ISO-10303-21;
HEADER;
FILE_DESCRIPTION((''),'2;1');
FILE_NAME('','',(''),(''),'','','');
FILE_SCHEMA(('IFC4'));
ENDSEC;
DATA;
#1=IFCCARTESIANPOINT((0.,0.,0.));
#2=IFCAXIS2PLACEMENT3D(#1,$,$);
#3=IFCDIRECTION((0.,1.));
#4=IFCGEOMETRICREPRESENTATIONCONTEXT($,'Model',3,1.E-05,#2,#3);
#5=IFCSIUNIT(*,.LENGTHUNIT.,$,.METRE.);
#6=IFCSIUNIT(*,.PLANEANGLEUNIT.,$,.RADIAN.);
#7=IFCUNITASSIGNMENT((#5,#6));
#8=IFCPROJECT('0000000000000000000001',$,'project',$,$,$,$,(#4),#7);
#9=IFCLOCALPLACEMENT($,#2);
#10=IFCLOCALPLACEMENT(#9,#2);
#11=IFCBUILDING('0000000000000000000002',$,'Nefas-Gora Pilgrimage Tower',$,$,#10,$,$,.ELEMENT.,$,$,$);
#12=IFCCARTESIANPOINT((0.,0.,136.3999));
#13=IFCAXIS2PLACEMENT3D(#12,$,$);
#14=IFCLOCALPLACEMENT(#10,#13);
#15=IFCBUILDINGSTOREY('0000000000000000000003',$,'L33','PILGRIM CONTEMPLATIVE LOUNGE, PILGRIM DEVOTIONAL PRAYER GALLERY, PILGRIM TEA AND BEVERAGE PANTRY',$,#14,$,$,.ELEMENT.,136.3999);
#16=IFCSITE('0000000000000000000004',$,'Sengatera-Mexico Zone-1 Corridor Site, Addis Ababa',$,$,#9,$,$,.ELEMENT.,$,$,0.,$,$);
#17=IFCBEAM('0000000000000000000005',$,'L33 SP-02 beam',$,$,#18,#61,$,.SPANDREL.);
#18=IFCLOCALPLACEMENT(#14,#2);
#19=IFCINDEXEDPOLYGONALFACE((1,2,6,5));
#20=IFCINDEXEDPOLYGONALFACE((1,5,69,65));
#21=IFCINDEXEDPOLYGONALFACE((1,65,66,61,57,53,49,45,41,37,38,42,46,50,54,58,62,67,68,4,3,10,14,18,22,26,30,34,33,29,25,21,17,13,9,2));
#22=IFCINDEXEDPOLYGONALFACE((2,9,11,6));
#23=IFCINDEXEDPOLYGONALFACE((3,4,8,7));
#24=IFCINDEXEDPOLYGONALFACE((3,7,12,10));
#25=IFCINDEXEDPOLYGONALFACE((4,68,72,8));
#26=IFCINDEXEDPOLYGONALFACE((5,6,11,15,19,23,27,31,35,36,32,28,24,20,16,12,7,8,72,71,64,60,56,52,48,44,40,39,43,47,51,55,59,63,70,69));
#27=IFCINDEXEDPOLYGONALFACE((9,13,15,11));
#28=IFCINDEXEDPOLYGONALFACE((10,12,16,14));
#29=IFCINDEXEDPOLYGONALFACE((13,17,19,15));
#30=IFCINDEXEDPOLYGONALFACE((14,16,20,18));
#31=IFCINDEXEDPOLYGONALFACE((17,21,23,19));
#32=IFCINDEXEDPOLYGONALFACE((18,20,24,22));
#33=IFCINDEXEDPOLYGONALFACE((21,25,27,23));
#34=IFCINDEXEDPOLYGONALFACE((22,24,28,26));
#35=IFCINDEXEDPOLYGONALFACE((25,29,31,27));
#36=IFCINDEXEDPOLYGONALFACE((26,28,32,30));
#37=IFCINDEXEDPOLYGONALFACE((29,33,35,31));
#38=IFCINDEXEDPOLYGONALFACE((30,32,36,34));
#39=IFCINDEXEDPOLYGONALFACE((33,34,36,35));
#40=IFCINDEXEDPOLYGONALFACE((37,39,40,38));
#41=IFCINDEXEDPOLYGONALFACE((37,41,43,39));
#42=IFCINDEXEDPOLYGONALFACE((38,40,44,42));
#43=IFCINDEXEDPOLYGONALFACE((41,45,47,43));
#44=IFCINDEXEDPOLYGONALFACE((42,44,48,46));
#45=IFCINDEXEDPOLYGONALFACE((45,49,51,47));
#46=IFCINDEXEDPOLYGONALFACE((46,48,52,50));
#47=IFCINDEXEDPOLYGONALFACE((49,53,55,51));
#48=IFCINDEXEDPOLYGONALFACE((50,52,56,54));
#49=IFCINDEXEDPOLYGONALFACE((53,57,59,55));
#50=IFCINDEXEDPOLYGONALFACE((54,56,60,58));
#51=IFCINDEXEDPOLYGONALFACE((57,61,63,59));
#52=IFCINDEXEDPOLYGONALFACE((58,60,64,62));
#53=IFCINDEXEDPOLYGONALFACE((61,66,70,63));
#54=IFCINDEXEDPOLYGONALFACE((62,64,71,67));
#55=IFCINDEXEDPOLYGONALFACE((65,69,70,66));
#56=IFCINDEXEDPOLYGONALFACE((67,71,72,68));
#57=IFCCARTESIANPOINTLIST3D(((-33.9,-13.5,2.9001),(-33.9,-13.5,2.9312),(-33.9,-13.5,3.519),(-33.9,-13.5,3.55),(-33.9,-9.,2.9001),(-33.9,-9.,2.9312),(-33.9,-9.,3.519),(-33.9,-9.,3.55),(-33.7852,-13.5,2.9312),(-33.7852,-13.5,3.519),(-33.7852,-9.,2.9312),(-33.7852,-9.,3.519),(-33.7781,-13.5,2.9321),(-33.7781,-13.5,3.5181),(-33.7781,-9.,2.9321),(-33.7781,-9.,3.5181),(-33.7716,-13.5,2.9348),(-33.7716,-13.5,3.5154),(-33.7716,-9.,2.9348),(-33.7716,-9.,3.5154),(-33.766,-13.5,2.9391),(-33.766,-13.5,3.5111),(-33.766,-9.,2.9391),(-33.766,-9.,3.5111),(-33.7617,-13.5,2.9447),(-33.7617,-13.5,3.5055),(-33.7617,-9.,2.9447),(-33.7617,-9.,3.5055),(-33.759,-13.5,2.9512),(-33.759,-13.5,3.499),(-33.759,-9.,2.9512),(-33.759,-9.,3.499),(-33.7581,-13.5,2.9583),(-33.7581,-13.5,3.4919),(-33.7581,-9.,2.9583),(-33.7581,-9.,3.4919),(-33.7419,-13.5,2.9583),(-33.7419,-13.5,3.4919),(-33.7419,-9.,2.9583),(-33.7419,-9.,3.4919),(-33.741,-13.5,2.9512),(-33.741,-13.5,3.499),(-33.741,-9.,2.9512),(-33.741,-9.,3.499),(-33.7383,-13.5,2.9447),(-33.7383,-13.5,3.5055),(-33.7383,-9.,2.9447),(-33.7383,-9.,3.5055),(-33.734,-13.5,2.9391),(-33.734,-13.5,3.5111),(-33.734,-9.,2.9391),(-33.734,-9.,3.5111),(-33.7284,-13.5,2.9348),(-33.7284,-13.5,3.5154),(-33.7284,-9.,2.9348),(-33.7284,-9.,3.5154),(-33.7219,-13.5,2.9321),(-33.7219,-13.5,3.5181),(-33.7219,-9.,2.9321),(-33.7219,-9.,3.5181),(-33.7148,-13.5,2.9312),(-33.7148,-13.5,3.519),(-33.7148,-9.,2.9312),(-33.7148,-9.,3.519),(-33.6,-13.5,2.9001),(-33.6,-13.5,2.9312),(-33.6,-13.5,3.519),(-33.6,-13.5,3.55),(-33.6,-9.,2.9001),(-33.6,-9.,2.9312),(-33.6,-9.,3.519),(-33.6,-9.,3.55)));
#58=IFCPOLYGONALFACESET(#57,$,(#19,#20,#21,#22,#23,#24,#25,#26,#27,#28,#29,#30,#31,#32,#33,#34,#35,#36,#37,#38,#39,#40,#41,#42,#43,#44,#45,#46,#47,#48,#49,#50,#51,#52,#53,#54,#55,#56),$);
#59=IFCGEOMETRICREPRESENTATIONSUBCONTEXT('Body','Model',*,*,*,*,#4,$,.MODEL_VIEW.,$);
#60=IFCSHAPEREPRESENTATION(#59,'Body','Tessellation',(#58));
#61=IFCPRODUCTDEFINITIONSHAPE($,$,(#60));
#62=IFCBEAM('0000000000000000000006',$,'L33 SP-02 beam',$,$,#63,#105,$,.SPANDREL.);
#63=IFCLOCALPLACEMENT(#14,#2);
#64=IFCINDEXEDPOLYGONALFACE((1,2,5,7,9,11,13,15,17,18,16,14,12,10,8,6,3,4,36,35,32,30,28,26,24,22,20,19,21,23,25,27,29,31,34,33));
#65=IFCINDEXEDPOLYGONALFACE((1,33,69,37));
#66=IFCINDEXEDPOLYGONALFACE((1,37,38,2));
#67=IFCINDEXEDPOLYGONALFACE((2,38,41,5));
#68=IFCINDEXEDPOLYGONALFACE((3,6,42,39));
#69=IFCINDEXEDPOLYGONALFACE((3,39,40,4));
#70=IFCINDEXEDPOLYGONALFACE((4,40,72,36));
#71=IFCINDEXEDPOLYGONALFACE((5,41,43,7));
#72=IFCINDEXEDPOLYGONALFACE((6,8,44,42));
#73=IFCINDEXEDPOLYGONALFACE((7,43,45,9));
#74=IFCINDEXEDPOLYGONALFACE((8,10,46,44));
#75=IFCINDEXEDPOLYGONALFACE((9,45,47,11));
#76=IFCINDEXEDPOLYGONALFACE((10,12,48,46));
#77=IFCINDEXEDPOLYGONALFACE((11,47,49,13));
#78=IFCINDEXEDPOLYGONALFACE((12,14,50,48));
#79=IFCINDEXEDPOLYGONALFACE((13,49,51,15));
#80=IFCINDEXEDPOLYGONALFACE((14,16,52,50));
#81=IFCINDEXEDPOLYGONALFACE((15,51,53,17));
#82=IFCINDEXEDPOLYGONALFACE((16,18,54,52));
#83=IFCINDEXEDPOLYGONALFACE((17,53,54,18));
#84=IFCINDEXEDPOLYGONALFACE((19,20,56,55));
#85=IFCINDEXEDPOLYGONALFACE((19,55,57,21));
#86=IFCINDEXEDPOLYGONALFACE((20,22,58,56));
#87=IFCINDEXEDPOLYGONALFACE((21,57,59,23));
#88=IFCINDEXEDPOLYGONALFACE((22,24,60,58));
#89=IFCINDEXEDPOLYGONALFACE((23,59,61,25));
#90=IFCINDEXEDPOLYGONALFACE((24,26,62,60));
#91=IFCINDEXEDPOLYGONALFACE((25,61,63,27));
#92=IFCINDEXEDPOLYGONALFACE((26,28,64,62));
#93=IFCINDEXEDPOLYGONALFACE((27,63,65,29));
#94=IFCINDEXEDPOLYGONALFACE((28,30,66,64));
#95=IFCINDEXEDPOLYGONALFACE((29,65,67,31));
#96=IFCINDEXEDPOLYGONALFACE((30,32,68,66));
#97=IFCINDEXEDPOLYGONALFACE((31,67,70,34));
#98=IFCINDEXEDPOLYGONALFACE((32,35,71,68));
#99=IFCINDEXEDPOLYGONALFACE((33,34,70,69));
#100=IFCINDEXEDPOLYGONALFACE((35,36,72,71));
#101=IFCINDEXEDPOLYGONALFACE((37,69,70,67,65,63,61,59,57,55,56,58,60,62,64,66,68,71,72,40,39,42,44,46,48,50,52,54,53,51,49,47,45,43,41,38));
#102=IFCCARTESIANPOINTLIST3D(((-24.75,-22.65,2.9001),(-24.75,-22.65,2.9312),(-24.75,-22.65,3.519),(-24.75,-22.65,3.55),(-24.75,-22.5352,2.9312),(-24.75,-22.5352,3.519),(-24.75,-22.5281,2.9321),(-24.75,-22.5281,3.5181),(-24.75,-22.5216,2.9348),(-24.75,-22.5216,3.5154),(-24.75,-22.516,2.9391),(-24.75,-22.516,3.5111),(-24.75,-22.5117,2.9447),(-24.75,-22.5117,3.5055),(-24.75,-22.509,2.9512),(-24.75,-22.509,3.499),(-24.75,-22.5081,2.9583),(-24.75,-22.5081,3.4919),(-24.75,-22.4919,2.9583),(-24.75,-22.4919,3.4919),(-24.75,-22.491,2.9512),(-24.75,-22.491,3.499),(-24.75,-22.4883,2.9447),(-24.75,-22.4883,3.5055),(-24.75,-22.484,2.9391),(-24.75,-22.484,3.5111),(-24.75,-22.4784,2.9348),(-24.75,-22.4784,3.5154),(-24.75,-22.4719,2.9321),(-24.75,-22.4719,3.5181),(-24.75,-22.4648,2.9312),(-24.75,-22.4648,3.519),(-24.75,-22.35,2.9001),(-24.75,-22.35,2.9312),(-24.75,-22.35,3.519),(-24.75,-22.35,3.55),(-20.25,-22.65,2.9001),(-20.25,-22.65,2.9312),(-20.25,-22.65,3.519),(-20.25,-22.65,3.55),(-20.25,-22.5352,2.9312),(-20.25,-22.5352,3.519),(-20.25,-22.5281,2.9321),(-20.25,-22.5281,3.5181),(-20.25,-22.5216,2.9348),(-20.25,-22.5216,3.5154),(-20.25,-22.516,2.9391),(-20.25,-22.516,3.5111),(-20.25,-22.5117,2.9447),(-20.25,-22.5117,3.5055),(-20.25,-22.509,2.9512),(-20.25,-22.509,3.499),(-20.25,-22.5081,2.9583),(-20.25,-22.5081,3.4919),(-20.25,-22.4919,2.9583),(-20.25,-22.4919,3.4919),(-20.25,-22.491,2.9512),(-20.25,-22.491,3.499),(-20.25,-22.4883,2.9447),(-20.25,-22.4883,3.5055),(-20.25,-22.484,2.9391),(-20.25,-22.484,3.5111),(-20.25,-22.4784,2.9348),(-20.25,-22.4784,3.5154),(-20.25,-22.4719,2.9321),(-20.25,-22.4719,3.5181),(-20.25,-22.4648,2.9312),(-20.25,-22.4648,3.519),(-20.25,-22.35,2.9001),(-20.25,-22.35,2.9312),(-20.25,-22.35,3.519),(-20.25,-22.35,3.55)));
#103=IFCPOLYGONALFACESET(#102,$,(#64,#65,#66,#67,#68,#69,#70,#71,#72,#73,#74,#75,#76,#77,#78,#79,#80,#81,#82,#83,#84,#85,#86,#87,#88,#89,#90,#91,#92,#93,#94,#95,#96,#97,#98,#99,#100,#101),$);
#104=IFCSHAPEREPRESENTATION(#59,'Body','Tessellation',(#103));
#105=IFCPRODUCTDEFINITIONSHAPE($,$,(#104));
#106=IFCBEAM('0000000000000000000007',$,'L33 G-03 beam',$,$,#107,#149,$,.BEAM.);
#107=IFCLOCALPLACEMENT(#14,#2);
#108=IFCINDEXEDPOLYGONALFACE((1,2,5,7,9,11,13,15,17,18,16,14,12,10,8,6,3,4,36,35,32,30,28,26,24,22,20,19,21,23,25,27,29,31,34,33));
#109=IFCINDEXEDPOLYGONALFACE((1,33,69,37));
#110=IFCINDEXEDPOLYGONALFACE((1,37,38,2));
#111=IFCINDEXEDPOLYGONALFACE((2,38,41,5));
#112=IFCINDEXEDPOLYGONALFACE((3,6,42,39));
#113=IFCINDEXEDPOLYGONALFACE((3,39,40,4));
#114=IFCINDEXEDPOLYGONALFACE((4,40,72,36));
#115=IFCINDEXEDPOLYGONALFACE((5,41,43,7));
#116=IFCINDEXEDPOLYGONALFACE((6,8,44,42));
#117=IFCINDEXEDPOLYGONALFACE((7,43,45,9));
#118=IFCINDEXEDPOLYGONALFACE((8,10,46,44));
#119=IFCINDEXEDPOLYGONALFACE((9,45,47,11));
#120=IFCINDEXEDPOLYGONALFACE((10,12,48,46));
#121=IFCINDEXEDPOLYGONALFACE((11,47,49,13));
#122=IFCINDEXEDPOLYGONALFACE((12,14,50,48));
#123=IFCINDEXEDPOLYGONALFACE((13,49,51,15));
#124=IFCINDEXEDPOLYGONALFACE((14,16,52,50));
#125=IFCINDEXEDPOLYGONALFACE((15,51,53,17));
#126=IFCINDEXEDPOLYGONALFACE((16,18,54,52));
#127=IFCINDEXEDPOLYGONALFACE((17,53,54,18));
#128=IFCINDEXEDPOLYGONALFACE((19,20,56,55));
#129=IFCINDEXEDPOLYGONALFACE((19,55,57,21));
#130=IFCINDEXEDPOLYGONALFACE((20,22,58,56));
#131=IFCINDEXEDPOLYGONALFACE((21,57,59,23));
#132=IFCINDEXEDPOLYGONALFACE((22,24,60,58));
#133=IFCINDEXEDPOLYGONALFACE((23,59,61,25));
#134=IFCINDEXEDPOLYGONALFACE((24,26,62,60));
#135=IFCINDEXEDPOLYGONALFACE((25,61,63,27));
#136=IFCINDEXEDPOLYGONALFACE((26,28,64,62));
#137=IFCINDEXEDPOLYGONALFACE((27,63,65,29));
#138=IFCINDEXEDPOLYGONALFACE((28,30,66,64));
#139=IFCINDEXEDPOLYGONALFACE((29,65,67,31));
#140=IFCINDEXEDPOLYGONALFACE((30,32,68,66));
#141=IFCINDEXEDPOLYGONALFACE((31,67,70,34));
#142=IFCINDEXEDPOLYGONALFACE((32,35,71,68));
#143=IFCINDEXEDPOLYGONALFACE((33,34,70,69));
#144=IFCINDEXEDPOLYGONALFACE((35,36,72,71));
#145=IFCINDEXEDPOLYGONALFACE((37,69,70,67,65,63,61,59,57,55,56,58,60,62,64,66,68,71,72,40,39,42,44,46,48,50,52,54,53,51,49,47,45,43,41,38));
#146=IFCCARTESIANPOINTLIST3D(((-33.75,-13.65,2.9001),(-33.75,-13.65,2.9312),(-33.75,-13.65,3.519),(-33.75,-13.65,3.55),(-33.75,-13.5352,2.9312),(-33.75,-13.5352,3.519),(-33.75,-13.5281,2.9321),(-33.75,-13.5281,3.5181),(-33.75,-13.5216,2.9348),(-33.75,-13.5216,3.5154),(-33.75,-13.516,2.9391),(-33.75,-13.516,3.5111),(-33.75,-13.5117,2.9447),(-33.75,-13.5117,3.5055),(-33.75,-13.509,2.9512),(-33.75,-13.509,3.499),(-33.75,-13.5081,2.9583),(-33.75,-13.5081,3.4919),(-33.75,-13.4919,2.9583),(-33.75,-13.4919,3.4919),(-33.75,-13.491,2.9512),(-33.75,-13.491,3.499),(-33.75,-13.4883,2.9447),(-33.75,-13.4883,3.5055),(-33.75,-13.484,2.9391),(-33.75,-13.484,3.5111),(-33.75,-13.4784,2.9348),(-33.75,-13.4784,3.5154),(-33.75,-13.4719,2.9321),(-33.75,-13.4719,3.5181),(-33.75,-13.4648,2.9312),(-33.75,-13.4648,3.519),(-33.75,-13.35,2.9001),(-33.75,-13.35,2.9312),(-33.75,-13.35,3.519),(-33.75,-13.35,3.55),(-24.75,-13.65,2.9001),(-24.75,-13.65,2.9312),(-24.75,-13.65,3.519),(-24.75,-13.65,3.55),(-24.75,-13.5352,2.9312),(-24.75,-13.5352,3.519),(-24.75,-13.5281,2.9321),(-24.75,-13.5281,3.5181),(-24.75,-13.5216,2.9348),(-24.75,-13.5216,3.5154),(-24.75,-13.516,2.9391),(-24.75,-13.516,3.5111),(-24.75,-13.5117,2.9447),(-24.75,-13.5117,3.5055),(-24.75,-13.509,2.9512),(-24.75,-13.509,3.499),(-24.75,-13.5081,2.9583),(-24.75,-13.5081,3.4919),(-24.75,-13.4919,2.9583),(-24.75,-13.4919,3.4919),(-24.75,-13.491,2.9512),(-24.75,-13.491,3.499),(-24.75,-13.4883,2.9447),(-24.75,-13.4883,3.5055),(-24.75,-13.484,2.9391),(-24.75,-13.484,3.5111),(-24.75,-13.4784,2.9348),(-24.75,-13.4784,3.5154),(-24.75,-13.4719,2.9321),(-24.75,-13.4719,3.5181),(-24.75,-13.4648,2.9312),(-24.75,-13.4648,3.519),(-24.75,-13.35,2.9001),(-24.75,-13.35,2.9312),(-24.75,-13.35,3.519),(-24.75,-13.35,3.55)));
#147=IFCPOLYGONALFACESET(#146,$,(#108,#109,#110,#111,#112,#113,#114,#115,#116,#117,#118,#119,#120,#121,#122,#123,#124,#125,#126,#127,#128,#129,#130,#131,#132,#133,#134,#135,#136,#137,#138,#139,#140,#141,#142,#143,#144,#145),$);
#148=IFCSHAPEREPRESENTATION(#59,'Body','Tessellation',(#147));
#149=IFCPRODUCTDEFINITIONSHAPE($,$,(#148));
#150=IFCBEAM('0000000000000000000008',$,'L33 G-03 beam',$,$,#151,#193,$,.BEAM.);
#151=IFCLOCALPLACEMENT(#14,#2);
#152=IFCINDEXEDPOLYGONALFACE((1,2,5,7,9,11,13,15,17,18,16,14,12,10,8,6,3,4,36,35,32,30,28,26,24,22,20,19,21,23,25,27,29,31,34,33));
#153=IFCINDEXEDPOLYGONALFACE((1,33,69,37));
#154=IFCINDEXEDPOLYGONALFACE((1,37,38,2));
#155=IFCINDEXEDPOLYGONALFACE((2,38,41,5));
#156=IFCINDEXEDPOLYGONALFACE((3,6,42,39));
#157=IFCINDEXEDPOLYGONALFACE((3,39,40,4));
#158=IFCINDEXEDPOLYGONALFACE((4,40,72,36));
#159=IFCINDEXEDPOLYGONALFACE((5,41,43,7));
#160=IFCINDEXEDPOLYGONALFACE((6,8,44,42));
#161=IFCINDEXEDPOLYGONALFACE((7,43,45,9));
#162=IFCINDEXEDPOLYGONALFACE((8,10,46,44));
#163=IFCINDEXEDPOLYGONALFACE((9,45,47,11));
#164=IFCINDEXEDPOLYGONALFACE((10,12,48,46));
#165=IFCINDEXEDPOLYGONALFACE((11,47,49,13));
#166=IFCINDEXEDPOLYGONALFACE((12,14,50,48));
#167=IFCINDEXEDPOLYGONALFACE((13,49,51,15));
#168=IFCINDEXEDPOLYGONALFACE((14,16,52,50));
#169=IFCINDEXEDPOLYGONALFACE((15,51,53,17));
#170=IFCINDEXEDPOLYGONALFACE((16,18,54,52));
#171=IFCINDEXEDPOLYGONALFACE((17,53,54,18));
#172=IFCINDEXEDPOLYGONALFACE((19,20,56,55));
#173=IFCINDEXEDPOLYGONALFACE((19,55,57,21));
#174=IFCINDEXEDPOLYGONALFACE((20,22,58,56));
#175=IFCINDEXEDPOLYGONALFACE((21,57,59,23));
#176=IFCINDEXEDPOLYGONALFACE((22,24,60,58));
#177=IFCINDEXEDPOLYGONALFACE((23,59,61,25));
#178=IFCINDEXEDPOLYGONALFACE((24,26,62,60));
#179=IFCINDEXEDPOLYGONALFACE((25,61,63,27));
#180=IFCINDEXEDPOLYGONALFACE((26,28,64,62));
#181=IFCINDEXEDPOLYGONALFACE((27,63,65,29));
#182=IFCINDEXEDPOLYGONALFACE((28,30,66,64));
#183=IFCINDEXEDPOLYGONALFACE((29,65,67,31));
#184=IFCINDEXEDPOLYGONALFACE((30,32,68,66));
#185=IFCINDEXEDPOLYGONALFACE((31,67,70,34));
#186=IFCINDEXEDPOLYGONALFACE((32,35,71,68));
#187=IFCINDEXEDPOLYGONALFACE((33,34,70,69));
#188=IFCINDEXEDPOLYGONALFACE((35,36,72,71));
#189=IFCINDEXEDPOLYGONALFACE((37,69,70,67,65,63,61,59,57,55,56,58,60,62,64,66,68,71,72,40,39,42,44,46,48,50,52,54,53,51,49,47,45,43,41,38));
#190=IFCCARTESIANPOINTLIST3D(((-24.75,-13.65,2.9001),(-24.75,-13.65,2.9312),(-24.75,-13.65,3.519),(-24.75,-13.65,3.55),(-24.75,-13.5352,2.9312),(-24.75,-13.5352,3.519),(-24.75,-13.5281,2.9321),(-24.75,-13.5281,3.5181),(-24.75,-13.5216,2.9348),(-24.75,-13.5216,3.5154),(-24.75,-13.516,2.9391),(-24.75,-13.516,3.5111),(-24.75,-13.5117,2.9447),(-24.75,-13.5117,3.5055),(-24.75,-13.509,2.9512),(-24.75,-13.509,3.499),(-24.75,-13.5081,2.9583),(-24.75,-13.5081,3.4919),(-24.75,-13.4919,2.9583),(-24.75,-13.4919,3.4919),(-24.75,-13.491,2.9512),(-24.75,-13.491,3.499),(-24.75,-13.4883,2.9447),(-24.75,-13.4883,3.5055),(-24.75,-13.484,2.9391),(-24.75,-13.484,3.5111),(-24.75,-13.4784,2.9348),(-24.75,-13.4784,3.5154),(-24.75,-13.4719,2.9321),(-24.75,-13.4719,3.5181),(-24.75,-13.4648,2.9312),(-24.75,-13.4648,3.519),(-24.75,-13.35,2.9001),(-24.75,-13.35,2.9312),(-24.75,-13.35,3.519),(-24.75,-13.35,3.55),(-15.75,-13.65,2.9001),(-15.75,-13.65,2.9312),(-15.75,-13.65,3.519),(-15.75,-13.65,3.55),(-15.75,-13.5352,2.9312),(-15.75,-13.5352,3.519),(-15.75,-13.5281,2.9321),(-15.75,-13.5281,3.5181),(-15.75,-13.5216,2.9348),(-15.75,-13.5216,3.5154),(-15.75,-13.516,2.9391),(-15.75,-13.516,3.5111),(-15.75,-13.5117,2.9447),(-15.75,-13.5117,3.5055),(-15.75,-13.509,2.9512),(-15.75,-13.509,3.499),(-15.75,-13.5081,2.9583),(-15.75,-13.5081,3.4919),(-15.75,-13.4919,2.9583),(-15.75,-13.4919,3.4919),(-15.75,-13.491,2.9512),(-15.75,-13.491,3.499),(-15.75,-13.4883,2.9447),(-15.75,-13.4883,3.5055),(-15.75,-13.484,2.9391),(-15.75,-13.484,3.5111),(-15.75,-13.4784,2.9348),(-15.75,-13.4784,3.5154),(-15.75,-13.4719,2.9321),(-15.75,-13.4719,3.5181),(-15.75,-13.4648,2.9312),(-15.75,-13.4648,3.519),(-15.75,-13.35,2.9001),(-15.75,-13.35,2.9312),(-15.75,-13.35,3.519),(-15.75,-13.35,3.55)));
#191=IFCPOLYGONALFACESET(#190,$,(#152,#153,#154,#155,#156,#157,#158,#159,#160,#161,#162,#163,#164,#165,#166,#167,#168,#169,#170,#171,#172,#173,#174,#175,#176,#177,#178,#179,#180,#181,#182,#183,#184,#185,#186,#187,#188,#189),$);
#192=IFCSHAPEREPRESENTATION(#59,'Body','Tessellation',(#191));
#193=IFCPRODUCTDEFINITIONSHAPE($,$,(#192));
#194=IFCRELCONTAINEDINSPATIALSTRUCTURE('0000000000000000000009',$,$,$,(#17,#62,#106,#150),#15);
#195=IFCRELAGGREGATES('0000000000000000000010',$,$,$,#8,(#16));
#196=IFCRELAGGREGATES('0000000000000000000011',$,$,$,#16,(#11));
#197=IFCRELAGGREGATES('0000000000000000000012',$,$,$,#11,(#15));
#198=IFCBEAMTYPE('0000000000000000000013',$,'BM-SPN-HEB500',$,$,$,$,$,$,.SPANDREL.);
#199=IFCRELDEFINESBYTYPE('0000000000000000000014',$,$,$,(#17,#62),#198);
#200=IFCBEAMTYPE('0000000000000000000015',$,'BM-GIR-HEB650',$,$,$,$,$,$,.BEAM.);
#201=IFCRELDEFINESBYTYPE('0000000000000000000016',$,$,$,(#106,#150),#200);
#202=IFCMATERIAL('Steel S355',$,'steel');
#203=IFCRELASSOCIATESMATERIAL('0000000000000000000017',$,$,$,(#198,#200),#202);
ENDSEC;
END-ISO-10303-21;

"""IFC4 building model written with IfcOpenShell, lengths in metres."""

from ifc_helpers import new_model, si_unit, direction, frame, origin, origin_2d, place, context, subcontext, project, spatial, i_section, extrude, source, transform, mapped, material, material_profile, profile_set, type_object, element, save


model = new_model("IFC4")

# Units and contexts
model_context = context("Model", 3, precision=1e-05, world=origin(), true_north=direction((0.0, 1.0)))
body_context = subcontext(model_context, "Body", "Model", "MODEL_VIEW")
ifc_project = project(units=[si_unit("LENGTHUNIT", "METRE"), si_unit("PLANEANGLEUNIT", "RADIAN")], contexts=[model_context])

# Site, building, storey
site_placement = place(None, origin())
site = spatial("IfcSite", under=ifc_project, at=site_placement, Name="Sengatera-Mexico Zone-1 Corridor Site, Addis Ababa", CompositionType="ELEMENT", RefElevation=0.0)
building_placement = place(site_placement, origin())
building = spatial("IfcBuilding", under=site, at=building_placement, Name="Nefas-Gora Pilgrimage Tower", CompositionType="ELEMENT")
storey_placement = place(building_placement, frame((0.0, 0.0, 136.3999)))
storey = spatial("IfcBuildingStorey", under=building, at=storey_placement, Name="L33", Description="PILGRIM CONTEMPLATIVE LOUNGE, PILGRIM DEVOTIONAL PRAYER GALLERY, PILGRIM TEA AND BEVERAGE PANTRY", CompositionType="ELEMENT", Elevation=136.3999)

# Beams
ifc_material_1 = material(Name="Steel S355", Category="steel")
ifc_material_profile_1 = material_profile(ifc_material_1, i_section(OverallWidth=0.3, OverallDepth=0.6499, WebThickness=0.0161, FlangeThickness=0.031, FilletRadius=0.0271, at=origin_2d()), Name="HEB 650")
ifc_profile_set_1 = profile_set([ifc_material_profile_1], Name="Steel S355")
beam_type_1 = type_object("IfcBeamType", Name="BM-SPN-HEB500", PredefinedType="SPANDREL", material=ifc_profile_set_1)
shared_shape_1 = source(origin(), body_context, "Body", "SweptSolid", [
    extrude(i_section(OverallWidth=0.3, OverallDepth=0.6499, WebThickness=0.0161, FlangeThickness=0.031, FilletRadius=0.0271, at=origin_2d()), origin(), (0.0, 0.0, 1.0), 4.5),
])
for number, where, z_axis, x_axis, name in (
    (1, (-33.75, -13.5, 3.2251), (0.0, 1.0, 0.0), (-1.0, 0.0, 0.0), "L33 SP-02 beam"),
    (2, (-24.75, -22.5, 3.2251), (1.0, 0.0, 0.0), (0.0, 1.0, 0.0), "L33 SP-02 beam"),
):
    element("IfcBeam", number, at=place(storey_placement, frame(where, z_axis=z_axis, x_axis=x_axis)), inside=storey, type_object=beam_type_1, Name=name, PredefinedType="SPANDREL", context=body_context, shape_type="MappedRepresentation", body=[
        mapped(shared_shape_1, transform((0.0, 0.0, 0.0), x_axis=(1.0, 0.0, 0.0), y_axis=(0.0, 1.0, 0.0), z_axis=(0.0, 0.0, 1.0), scale=1.0)),
    ])
ifc_material_profile_2 = material_profile(ifc_material_1, i_section(OverallWidth=0.3, OverallDepth=0.6499, WebThickness=0.0161, FlangeThickness=0.031, FilletRadius=0.0271, at=origin_2d()), Name="HEB 650")
ifc_profile_set_2 = profile_set([ifc_material_profile_2], Name="Steel S355")
beam_type_2 = type_object("IfcBeamType", Name="BM-GIR-HEB650", PredefinedType="BEAM", material=ifc_profile_set_2)
shared_shape_2 = source(origin(), body_context, "Body", "SweptSolid", [
    extrude(i_section(OverallWidth=0.3, OverallDepth=0.6499, WebThickness=0.0161, FlangeThickness=0.031, FilletRadius=0.0271, at=origin_2d()), origin(), (0.0, 0.0, 1.0), 9.0),
])
for number, where, z_axis, x_axis, name in (
    (3, (-33.75, -13.5, 3.2251), (1.0, 0.0, 0.0), (0.0, 1.0, 0.0), "L33 G-03 beam"),
    (4, (-24.75, -13.5, 3.2251), (1.0, 0.0, 0.0), (0.0, 1.0, 0.0), "L33 G-03 beam"),
):
    element("IfcBeam", number, at=place(storey_placement, frame(where, z_axis=z_axis, x_axis=x_axis)), inside=storey, type_object=beam_type_2, Name=name, PredefinedType="BEAM", context=body_context, shape_type="MappedRepresentation", body=[
        mapped(shared_shape_2, transform((0.0, 0.0, 0.0), x_axis=(1.0, 0.0, 0.0), y_axis=(0.0, 1.0, 0.0), z_axis=(0.0, 0.0, 1.0), scale=1.0)),
    ])

save(model, "model.ifc")
